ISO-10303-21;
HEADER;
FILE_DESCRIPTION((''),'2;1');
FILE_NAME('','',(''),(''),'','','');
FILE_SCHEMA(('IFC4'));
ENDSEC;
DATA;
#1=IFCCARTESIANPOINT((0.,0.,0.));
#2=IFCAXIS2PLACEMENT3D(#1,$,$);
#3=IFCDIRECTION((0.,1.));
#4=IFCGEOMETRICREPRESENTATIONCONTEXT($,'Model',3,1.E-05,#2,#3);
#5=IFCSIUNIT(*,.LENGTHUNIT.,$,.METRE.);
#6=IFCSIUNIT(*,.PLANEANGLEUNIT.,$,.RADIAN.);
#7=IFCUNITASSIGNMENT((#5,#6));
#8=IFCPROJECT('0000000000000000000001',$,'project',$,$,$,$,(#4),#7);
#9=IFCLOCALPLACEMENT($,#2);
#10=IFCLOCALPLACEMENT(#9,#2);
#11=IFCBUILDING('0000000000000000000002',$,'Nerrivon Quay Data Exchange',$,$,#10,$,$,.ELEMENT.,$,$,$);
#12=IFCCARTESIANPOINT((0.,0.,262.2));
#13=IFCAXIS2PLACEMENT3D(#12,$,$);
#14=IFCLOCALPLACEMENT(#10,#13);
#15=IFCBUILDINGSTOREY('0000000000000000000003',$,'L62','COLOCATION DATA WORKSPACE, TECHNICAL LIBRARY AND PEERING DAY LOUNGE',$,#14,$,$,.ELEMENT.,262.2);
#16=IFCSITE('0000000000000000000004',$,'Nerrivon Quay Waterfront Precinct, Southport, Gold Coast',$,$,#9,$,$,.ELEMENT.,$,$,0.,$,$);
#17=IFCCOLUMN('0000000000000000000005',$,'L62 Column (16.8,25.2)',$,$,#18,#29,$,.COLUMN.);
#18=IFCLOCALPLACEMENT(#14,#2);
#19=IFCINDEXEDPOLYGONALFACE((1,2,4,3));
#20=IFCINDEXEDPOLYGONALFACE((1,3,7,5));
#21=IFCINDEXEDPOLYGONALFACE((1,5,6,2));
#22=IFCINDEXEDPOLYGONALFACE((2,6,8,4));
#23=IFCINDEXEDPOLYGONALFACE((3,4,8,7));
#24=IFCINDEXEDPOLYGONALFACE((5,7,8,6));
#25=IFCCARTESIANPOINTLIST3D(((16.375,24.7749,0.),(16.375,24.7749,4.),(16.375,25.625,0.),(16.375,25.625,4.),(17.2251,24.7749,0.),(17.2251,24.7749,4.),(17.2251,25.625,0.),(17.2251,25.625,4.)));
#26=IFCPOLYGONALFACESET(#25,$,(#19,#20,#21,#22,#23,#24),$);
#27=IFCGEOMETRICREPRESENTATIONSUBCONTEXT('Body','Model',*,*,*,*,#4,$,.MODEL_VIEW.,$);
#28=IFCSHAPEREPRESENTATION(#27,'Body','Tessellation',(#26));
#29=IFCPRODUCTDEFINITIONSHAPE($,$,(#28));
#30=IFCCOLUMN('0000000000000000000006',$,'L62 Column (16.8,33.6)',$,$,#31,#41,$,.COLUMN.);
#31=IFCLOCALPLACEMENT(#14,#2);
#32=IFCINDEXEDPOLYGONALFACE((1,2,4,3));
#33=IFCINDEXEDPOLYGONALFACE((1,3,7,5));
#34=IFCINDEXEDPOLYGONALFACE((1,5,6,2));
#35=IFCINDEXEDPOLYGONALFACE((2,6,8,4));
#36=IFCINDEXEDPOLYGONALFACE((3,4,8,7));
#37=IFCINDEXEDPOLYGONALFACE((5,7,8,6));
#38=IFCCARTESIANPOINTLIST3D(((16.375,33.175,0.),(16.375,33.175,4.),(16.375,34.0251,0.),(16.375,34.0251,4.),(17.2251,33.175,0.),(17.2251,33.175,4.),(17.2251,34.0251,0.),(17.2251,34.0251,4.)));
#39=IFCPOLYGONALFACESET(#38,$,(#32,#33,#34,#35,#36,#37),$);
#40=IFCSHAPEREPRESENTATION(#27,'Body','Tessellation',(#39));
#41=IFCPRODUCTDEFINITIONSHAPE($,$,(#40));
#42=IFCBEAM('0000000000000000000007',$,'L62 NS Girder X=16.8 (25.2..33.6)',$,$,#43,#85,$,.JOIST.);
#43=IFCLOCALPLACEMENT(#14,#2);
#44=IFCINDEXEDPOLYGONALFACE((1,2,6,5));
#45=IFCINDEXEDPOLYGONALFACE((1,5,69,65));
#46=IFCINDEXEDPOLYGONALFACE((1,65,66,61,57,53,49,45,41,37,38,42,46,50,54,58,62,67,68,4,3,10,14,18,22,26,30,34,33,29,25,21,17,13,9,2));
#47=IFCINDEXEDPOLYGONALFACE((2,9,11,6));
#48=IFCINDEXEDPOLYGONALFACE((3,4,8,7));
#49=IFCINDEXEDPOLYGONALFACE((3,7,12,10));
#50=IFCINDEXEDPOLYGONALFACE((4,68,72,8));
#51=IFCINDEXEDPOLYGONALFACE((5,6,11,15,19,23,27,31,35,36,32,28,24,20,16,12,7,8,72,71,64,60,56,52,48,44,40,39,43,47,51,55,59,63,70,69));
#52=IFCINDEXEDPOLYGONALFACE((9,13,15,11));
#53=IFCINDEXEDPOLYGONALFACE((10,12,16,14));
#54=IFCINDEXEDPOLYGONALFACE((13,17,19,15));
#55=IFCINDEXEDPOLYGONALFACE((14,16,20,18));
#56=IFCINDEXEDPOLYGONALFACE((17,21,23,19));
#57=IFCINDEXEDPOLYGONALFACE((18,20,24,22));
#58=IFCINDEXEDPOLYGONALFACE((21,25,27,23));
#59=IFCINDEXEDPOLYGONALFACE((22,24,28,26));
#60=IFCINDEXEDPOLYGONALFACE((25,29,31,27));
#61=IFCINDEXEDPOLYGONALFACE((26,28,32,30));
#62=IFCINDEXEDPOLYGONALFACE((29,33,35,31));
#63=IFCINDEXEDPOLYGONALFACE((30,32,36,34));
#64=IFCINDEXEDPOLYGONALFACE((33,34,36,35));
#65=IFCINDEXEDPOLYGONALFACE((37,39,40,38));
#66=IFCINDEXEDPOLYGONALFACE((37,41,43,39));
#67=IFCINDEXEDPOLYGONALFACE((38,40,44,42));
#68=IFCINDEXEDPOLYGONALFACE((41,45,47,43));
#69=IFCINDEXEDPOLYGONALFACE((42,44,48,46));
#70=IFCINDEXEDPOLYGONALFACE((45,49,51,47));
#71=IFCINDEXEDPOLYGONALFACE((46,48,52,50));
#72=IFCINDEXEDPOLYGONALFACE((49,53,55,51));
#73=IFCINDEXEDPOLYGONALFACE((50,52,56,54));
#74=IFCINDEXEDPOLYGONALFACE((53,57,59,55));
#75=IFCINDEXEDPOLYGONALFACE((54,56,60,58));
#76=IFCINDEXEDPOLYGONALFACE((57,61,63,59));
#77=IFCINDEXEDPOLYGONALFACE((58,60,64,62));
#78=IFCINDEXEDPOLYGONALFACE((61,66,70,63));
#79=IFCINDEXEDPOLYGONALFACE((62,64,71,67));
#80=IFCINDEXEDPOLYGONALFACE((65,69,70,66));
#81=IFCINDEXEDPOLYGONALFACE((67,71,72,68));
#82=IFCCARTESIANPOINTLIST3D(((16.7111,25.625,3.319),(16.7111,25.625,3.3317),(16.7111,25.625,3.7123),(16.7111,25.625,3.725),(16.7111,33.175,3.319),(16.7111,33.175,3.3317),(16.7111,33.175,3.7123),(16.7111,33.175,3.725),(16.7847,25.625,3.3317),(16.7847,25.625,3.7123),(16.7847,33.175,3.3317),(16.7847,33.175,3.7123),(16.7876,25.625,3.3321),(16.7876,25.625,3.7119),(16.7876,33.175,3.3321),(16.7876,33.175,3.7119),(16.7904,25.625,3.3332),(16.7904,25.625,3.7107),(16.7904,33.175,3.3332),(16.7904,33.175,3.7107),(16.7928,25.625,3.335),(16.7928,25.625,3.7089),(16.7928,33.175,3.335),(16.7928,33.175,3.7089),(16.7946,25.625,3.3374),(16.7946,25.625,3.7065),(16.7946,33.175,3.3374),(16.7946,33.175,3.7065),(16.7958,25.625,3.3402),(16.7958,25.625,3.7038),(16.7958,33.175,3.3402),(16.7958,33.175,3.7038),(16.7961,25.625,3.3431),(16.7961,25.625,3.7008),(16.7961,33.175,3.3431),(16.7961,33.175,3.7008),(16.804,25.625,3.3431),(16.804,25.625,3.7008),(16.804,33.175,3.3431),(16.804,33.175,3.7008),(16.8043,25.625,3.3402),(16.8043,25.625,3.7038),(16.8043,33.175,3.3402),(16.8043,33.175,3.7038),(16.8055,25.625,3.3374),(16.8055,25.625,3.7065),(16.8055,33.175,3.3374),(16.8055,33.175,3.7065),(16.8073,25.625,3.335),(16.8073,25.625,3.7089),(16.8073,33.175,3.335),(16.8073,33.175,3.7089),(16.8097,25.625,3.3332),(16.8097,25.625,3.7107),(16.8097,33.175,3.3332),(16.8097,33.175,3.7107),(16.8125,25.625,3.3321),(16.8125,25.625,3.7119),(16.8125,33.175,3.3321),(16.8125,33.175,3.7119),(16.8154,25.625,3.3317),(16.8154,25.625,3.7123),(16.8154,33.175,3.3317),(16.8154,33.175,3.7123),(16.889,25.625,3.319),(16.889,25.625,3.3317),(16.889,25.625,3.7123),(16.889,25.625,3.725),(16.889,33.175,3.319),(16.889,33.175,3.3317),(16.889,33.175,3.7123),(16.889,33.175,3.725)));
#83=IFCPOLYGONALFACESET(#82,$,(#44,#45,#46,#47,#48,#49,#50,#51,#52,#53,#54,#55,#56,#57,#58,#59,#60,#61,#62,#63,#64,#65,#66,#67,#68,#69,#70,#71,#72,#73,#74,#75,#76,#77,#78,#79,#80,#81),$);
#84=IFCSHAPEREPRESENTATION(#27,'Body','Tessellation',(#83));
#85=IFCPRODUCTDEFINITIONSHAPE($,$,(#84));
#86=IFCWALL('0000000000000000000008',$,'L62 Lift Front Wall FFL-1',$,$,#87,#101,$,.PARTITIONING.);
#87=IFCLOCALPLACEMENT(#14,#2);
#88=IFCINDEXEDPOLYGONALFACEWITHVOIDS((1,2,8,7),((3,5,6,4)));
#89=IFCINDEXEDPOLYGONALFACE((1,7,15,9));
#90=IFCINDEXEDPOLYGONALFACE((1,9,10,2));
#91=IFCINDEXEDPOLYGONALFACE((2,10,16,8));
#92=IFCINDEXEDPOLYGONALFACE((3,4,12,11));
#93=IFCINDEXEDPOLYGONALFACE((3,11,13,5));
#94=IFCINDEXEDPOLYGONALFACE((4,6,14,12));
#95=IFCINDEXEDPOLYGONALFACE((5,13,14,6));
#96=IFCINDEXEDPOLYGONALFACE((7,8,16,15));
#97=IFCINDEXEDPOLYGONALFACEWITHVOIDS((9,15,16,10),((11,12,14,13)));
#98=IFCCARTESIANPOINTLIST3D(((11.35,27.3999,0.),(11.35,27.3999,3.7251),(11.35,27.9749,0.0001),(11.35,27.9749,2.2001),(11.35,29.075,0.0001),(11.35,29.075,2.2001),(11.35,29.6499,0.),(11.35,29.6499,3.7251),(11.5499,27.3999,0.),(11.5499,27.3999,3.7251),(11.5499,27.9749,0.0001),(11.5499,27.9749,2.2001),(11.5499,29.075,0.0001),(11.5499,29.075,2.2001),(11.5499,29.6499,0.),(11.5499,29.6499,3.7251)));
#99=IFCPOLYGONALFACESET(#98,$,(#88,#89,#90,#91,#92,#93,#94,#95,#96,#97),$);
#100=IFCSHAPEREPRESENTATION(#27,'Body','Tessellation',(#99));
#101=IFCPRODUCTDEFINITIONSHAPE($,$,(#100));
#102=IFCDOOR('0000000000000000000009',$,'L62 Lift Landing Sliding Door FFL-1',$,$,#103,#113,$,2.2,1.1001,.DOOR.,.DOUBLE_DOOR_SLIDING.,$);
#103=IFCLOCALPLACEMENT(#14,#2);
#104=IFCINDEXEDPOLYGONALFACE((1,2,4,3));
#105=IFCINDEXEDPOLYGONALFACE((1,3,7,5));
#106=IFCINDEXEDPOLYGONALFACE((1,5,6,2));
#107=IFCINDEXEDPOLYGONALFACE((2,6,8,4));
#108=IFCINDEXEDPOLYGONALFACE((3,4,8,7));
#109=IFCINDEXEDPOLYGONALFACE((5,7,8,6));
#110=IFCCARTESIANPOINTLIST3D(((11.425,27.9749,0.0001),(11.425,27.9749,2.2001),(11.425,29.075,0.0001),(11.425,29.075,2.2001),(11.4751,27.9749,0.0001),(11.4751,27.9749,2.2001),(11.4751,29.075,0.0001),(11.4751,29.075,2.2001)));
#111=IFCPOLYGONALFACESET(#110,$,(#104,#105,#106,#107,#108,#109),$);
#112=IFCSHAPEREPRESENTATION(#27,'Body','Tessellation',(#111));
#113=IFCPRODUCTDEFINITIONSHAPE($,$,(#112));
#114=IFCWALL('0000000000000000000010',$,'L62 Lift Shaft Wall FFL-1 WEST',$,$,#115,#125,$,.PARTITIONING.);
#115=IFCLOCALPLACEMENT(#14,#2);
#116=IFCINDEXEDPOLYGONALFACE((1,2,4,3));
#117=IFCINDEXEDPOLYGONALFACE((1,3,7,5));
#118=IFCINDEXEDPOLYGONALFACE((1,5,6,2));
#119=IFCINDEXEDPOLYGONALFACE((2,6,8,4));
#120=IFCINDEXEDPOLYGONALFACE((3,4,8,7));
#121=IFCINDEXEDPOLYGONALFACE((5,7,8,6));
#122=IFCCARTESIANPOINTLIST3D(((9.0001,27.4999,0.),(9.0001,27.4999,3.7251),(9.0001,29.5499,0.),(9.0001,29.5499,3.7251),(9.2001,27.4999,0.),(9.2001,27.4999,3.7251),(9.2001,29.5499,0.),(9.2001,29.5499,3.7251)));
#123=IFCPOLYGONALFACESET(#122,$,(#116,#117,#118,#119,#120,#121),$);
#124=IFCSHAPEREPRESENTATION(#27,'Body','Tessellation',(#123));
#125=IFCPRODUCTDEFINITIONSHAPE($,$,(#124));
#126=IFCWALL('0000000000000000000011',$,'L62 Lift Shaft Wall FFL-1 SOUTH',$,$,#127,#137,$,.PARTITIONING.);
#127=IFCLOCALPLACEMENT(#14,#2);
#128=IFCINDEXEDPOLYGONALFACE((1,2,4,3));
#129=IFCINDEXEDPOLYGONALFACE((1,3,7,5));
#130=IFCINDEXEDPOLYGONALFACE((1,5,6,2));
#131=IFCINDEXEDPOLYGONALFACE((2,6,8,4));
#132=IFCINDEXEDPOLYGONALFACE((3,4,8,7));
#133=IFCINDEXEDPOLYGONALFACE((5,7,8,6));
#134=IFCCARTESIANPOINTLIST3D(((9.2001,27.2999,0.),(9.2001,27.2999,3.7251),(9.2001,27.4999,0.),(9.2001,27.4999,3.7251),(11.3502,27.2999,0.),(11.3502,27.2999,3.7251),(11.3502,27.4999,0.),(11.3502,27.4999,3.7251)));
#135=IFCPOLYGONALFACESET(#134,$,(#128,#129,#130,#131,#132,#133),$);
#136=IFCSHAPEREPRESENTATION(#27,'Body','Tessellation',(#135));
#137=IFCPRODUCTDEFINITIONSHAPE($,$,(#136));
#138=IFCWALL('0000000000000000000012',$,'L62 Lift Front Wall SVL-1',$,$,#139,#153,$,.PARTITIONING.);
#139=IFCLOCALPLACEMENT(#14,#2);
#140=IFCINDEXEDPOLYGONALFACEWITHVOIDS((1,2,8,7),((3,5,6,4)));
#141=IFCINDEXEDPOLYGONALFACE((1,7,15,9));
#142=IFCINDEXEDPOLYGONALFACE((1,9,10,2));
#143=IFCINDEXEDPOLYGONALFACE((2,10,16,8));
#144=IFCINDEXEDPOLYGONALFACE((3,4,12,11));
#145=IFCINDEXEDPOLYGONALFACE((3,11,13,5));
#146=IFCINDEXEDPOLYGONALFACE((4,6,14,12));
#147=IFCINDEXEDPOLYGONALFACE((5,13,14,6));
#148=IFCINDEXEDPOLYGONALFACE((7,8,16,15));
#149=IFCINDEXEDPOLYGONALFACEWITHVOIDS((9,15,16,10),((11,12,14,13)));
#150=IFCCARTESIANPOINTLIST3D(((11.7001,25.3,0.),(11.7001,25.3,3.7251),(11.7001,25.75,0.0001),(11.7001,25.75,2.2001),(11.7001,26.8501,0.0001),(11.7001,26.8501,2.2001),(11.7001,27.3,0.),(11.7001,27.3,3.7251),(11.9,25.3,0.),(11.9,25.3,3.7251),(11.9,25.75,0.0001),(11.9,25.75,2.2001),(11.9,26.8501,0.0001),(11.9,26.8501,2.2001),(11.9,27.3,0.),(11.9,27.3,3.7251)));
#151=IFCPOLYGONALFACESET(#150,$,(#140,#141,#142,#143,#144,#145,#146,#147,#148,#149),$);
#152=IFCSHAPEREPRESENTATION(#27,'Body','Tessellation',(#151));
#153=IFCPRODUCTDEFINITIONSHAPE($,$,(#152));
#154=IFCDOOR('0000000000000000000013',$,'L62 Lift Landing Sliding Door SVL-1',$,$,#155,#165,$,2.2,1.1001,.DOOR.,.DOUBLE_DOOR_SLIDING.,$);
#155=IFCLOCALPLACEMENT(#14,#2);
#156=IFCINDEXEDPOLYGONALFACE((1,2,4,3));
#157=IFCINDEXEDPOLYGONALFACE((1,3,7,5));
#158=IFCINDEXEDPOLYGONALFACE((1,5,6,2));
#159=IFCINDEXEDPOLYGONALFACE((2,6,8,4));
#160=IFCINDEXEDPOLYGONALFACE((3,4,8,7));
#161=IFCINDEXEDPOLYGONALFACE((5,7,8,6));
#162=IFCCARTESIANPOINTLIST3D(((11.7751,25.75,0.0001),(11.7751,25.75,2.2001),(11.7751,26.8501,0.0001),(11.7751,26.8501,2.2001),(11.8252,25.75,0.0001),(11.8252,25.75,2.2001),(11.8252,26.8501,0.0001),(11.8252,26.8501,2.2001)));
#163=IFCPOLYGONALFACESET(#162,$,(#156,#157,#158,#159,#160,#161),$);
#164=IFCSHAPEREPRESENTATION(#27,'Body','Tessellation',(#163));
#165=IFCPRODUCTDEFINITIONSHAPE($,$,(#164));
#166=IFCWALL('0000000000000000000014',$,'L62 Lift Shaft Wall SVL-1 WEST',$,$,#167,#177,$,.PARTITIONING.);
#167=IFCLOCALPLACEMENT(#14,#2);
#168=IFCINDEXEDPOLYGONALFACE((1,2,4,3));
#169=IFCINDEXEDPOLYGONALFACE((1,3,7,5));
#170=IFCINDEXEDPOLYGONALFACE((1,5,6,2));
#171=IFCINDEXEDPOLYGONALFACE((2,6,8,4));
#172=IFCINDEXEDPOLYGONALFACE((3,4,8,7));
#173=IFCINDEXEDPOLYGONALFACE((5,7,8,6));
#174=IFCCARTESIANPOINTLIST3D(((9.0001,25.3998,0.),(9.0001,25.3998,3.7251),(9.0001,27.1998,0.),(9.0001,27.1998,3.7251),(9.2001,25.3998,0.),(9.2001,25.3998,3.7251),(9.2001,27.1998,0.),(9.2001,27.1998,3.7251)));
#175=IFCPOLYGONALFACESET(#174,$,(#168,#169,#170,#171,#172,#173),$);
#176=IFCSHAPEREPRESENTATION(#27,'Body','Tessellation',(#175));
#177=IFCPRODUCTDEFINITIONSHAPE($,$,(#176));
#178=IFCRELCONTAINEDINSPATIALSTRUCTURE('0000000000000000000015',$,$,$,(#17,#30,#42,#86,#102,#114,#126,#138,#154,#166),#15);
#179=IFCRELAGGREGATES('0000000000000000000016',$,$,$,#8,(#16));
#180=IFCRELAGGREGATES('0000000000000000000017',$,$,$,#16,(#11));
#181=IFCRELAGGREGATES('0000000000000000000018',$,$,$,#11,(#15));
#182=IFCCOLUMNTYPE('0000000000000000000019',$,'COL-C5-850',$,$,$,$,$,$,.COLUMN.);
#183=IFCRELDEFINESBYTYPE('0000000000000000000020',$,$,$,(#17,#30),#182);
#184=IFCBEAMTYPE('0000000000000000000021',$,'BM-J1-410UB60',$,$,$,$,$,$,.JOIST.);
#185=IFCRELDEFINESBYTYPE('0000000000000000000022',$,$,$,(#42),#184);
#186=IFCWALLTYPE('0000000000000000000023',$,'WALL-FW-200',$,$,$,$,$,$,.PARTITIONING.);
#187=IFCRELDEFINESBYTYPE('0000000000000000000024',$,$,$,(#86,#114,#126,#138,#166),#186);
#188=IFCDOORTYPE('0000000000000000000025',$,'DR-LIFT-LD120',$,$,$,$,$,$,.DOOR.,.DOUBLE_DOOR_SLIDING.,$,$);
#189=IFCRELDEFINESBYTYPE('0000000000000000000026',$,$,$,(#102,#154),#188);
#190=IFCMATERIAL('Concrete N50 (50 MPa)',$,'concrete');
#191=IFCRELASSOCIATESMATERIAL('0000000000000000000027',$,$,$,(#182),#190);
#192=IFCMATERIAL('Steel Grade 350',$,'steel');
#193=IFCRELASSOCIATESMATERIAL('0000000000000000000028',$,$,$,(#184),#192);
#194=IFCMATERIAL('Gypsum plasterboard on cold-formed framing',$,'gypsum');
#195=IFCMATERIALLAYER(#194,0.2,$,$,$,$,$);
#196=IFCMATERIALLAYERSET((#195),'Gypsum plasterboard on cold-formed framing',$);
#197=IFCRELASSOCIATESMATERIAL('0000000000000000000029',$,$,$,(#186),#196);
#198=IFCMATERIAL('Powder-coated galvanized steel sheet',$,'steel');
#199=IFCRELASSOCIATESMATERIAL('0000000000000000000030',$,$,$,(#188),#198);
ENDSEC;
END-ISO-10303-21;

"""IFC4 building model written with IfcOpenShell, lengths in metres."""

from ifc_helpers import new_model, si_unit, direction, frame, frame_2d, origin, origin_2d, place, context, subcontext, project, spatial, rectangle, i_section, extrude, material, layer, layer_set, material_profile, profile_set, type_object, element, fill, save


model = new_model("IFC4")

# Units and contexts
model_context = context("Model", 3, precision=1e-05, world=origin(), true_north=direction((0.0, 1.0)))
body_context = subcontext(model_context, "Body", "Model", "MODEL_VIEW")
ifc_project = project(units=[si_unit("LENGTHUNIT", "METRE"), si_unit("PLANEANGLEUNIT", "RADIAN")], contexts=[model_context])

# Site, building, storey
site_placement = place(None, origin())
site = spatial("IfcSite", under=ifc_project, at=site_placement, Name="Nerrivon Quay Waterfront Precinct, Southport, Gold Coast", CompositionType="ELEMENT", RefElevation=0.0)
building_placement = place(site_placement, origin())
building = spatial("IfcBuilding", under=site, at=building_placement, Name="Nerrivon Quay Data Exchange", CompositionType="ELEMENT")
storey_placement = place(building_placement, frame((0.0, 0.0, 262.2)))
storey = spatial("IfcBuildingStorey", under=building, at=storey_placement, Name="L62", Description="COLOCATION DATA WORKSPACE, TECHNICAL LIBRARY AND PEERING DAY LOUNGE", CompositionType="ELEMENT", Elevation=262.2)

# Columns
ifc_material_1 = material(Name="Concrete N50 (50 MPa)", Category="concrete")
ifc_material_profile_1 = material_profile(ifc_material_1, rectangle(XDim=0.8501, YDim=0.8501, at=origin_2d()), Name="RC-COL-850x850")
ifc_profile_set_1 = profile_set([ifc_material_profile_1], Name="Concrete N50 (50 MPa)")
column_type = type_object("IfcColumnType", Name="COL-C5-850", PredefinedType="COLUMN", material=ifc_profile_set_1)
for number, where, z_axis, x_axis, name in (
    (1, (16.8, 25.2, 0.0), (0.0, 0.0, 1.0), (1.0, 0.0, 0.0), "L62 Column (16.8,25.2)"),
    (2, (16.8, 33.6001, 0.0), (0.0, 0.0, 1.0), (1.0, 0.0, 0.0), "L62 Column (16.8,33.6)"),
):
    element("IfcColumn", number, at=place(storey_placement, frame(where, z_axis=z_axis, x_axis=x_axis)), inside=storey, type_object=column_type, Name=name, PredefinedType="COLUMN", context=body_context, shape_type="SweptSolid", body=[
        extrude(rectangle(XDim=0.8501, YDim=0.8501, at=origin_2d()), origin(), (0.0, 0.0, 1.0), 4.0),
    ])

# Beam
ifc_material_2 = material(Name="Steel Grade 350", Category="steel")
ifc_material_profile_2 = material_profile(ifc_material_2, i_section(OverallWidth=0.178, OverallDepth=0.406, WebThickness=0.0078, FlangeThickness=0.0127, FilletRadius=0.0115, at=origin_2d()), Name="410UB59.7")
ifc_profile_set_2 = profile_set([ifc_material_profile_2], Name="Steel Grade 350")
beam_type = type_object("IfcBeamType", Name="BM-J1-410UB60", PredefinedType="JOIST", material=ifc_profile_set_2)
beam_placement = place(storey_placement, frame((16.8, 25.625, 3.522), z_axis=(0.0, 1.0, 0.0), x_axis=(-1.0, 0.0, 0.0)))
element("IfcBeam", 3, at=beam_placement, inside=storey, type_object=beam_type, Name="L62 NS Girder X=16.8 (25.2..33.6)", PredefinedType="JOIST", context=body_context, shape_type="SweptSolid", body=[
    extrude(i_section(OverallWidth=0.178, OverallDepth=0.406, WebThickness=0.0078, FlangeThickness=0.0127, FilletRadius=0.0115, at=origin_2d()), origin(), (0.0, 0.0, 1.0), 7.55),
])

# Wall, opening, door
ifc_material_3 = material(Name="Gypsum plasterboard on cold-formed framing", Category="gypsum")
ifc_layer_1 = layer(ifc_material_3, 0.2)
ifc_layer_set_1 = layer_set([ifc_layer_1], Name="Gypsum plasterboard on cold-formed framing")
wall_type_1 = type_object("IfcWallType", Name="WALL-FW-200", PredefinedType="PARTITIONING", material=ifc_layer_set_1)
wall_1_placement = place(storey_placement, frame((11.45, 27.3999, 0.0), z_axis=(0.0, 0.0, 1.0), x_axis=(0.0, 1.0, 0.0)))
wall_1 = element("IfcWall", 4, at=wall_1_placement, inside=storey, type_object=wall_type_1, Name="L62 Lift Front Wall FFL-1", PredefinedType="PARTITIONING", context=body_context, shape_type="SweptSolid", body=[
    extrude(rectangle(XDim=2.25, YDim=0.2, at=frame_2d((1.125, 0.0))), origin(), (0.0, 0.0, 1.0), 3.7251),
])
opening_1_placement = place(wall_1_placement, frame((0.575, 0.0, 0.0)))
opening_1 = element("IfcOpeningElement", 5, at=opening_1_placement, cuts=wall_1, PredefinedType="OPENING", context=body_context, shape_type="SweptSolid", body=[
    extrude(rectangle(XDim=1.1001, YDim=2.2, at=frame_2d((0.55, 1.1001))), frame((0.0, 0.1099, 0.0), z_axis=(0.0, -1.0, 0.0), x_axis=(1.0, 0.0, 0.0)), (0.0, 0.0, 1.0), 0.22),
])
ifc_material_4 = material(Name="Powder-coated galvanized steel sheet", Category="steel")
door_type_1 = type_object("IfcDoorType", Name="DR-LIFT-LD120", OperationType="DOUBLE_DOOR_SLIDING", PredefinedType="DOOR", material=ifc_material_4)
door_1_placement = place(opening_1_placement, origin())
door_1 = element("IfcDoor", 6, at=door_1_placement, inside=storey, type_object=door_type_1, Name="L62 Lift Landing Sliding Door FFL-1", OperationType="DOUBLE_DOOR_SLIDING", OverallHeight=2.2, OverallWidth=1.1001, PredefinedType="DOOR", context=body_context, shape_type="SweptSolid", body=[
    extrude(rectangle(XDim=1.1001, YDim=2.2, at=frame_2d((0.55, 1.1001))), frame((0.0, 0.0249, 0.0), z_axis=(0.0, -1.0, 0.0), x_axis=(1.0, 0.0, 0.0)), (0.0, 0.0, 1.0), 0.05),
])
fill(opening_1, door_1)

# Walls
wall_2_placement = place(storey_placement, frame((9.1001, 27.5, 0.0), z_axis=(0.0, 0.0, 1.0), x_axis=(0.0, 1.0, 0.0)))
element("IfcWall", 7, at=wall_2_placement, inside=storey, type_object=wall_type_1, Name="L62 Lift Shaft Wall FFL-1 WEST", PredefinedType="PARTITIONING", context=body_context, shape_type="SweptSolid", body=[
    extrude(rectangle(XDim=2.05, YDim=0.2, at=frame_2d((1.0249, 0.0))), origin(), (0.0, 0.0, 1.0), 3.7251),
])
wall_3_placement = place(storey_placement, frame((9.2, 27.3999, 0.0), z_axis=(0.0, 0.0, 1.0), x_axis=(1.0, 0.0, 0.0)))
element("IfcWall", 8, at=wall_3_placement, inside=storey, type_object=wall_type_1, Name="L62 Lift Shaft Wall FFL-1 SOUTH", PredefinedType="PARTITIONING", context=body_context, shape_type="SweptSolid", body=[
    extrude(rectangle(XDim=2.1501, YDim=0.2, at=frame_2d((1.0752, 0.0))), origin(), (0.0, 0.0, 1.0), 3.7251),
])

# Wall, opening, door
wall_4_placement = place(storey_placement, frame((11.8, 25.3, 0.0), z_axis=(0.0, 0.0, 1.0), x_axis=(0.0, 1.0, 0.0)))
wall_4 = element("IfcWall", 9, at=wall_4_placement, inside=storey, type_object=wall_type_1, Name="L62 Lift Front Wall SVL-1", PredefinedType="PARTITIONING", context=body_context, shape_type="SweptSolid", body=[
    extrude(rectangle(XDim=2.0, YDim=0.2, at=frame_2d((1.0, 0.0))), origin(), (0.0, 0.0, 1.0), 3.7251),
])
opening_2_placement = place(wall_4_placement, frame((0.45, 0.0, 0.0)))
opening_2 = element("IfcOpeningElement", 10, at=opening_2_placement, cuts=wall_4, PredefinedType="OPENING", context=body_context, shape_type="SweptSolid", body=[
    extrude(rectangle(XDim=1.1001, YDim=2.2, at=frame_2d((0.55, 1.1001))), frame((0.0, 0.1099, 0.0), z_axis=(0.0, -1.0, 0.0), x_axis=(1.0, 0.0, 0.0)), (0.0, 0.0, 1.0), 0.22),
])
door_2_placement = place(opening_2_placement, origin())
door_2 = element("IfcDoor", 11, at=door_2_placement, inside=storey, type_object=door_type_1, Name="L62 Lift Landing Sliding Door SVL-1", OperationType="DOUBLE_DOOR_SLIDING", OverallHeight=2.2, OverallWidth=1.1001, PredefinedType="DOOR", context=body_context, shape_type="SweptSolid", body=[
    extrude(rectangle(XDim=1.1001, YDim=2.2, at=frame_2d((0.55, 1.1001))), frame((0.0, 0.0249, 0.0), z_axis=(0.0, -1.0, 0.0), x_axis=(1.0, 0.0, 0.0)), (0.0, 0.0, 1.0), 0.05),
])
fill(opening_2, door_2)

# Wall
wall_5_placement = place(storey_placement, frame((9.1001, 25.3999, 0.0), z_axis=(0.0, 0.0, 1.0), x_axis=(0.0, 1.0, 0.0)))
element("IfcWall", 12, at=wall_5_placement, inside=storey, type_object=wall_type_1, Name="L62 Lift Shaft Wall SVL-1 WEST", PredefinedType="PARTITIONING", context=body_context, shape_type="SweptSolid", body=[
    extrude(rectangle(XDim=1.8, YDim=0.2, at=frame_2d((0.8999, 0.0))), origin(), (0.0, 0.0, 1.0), 3.7251),
])

save(model, "model.ifc")
